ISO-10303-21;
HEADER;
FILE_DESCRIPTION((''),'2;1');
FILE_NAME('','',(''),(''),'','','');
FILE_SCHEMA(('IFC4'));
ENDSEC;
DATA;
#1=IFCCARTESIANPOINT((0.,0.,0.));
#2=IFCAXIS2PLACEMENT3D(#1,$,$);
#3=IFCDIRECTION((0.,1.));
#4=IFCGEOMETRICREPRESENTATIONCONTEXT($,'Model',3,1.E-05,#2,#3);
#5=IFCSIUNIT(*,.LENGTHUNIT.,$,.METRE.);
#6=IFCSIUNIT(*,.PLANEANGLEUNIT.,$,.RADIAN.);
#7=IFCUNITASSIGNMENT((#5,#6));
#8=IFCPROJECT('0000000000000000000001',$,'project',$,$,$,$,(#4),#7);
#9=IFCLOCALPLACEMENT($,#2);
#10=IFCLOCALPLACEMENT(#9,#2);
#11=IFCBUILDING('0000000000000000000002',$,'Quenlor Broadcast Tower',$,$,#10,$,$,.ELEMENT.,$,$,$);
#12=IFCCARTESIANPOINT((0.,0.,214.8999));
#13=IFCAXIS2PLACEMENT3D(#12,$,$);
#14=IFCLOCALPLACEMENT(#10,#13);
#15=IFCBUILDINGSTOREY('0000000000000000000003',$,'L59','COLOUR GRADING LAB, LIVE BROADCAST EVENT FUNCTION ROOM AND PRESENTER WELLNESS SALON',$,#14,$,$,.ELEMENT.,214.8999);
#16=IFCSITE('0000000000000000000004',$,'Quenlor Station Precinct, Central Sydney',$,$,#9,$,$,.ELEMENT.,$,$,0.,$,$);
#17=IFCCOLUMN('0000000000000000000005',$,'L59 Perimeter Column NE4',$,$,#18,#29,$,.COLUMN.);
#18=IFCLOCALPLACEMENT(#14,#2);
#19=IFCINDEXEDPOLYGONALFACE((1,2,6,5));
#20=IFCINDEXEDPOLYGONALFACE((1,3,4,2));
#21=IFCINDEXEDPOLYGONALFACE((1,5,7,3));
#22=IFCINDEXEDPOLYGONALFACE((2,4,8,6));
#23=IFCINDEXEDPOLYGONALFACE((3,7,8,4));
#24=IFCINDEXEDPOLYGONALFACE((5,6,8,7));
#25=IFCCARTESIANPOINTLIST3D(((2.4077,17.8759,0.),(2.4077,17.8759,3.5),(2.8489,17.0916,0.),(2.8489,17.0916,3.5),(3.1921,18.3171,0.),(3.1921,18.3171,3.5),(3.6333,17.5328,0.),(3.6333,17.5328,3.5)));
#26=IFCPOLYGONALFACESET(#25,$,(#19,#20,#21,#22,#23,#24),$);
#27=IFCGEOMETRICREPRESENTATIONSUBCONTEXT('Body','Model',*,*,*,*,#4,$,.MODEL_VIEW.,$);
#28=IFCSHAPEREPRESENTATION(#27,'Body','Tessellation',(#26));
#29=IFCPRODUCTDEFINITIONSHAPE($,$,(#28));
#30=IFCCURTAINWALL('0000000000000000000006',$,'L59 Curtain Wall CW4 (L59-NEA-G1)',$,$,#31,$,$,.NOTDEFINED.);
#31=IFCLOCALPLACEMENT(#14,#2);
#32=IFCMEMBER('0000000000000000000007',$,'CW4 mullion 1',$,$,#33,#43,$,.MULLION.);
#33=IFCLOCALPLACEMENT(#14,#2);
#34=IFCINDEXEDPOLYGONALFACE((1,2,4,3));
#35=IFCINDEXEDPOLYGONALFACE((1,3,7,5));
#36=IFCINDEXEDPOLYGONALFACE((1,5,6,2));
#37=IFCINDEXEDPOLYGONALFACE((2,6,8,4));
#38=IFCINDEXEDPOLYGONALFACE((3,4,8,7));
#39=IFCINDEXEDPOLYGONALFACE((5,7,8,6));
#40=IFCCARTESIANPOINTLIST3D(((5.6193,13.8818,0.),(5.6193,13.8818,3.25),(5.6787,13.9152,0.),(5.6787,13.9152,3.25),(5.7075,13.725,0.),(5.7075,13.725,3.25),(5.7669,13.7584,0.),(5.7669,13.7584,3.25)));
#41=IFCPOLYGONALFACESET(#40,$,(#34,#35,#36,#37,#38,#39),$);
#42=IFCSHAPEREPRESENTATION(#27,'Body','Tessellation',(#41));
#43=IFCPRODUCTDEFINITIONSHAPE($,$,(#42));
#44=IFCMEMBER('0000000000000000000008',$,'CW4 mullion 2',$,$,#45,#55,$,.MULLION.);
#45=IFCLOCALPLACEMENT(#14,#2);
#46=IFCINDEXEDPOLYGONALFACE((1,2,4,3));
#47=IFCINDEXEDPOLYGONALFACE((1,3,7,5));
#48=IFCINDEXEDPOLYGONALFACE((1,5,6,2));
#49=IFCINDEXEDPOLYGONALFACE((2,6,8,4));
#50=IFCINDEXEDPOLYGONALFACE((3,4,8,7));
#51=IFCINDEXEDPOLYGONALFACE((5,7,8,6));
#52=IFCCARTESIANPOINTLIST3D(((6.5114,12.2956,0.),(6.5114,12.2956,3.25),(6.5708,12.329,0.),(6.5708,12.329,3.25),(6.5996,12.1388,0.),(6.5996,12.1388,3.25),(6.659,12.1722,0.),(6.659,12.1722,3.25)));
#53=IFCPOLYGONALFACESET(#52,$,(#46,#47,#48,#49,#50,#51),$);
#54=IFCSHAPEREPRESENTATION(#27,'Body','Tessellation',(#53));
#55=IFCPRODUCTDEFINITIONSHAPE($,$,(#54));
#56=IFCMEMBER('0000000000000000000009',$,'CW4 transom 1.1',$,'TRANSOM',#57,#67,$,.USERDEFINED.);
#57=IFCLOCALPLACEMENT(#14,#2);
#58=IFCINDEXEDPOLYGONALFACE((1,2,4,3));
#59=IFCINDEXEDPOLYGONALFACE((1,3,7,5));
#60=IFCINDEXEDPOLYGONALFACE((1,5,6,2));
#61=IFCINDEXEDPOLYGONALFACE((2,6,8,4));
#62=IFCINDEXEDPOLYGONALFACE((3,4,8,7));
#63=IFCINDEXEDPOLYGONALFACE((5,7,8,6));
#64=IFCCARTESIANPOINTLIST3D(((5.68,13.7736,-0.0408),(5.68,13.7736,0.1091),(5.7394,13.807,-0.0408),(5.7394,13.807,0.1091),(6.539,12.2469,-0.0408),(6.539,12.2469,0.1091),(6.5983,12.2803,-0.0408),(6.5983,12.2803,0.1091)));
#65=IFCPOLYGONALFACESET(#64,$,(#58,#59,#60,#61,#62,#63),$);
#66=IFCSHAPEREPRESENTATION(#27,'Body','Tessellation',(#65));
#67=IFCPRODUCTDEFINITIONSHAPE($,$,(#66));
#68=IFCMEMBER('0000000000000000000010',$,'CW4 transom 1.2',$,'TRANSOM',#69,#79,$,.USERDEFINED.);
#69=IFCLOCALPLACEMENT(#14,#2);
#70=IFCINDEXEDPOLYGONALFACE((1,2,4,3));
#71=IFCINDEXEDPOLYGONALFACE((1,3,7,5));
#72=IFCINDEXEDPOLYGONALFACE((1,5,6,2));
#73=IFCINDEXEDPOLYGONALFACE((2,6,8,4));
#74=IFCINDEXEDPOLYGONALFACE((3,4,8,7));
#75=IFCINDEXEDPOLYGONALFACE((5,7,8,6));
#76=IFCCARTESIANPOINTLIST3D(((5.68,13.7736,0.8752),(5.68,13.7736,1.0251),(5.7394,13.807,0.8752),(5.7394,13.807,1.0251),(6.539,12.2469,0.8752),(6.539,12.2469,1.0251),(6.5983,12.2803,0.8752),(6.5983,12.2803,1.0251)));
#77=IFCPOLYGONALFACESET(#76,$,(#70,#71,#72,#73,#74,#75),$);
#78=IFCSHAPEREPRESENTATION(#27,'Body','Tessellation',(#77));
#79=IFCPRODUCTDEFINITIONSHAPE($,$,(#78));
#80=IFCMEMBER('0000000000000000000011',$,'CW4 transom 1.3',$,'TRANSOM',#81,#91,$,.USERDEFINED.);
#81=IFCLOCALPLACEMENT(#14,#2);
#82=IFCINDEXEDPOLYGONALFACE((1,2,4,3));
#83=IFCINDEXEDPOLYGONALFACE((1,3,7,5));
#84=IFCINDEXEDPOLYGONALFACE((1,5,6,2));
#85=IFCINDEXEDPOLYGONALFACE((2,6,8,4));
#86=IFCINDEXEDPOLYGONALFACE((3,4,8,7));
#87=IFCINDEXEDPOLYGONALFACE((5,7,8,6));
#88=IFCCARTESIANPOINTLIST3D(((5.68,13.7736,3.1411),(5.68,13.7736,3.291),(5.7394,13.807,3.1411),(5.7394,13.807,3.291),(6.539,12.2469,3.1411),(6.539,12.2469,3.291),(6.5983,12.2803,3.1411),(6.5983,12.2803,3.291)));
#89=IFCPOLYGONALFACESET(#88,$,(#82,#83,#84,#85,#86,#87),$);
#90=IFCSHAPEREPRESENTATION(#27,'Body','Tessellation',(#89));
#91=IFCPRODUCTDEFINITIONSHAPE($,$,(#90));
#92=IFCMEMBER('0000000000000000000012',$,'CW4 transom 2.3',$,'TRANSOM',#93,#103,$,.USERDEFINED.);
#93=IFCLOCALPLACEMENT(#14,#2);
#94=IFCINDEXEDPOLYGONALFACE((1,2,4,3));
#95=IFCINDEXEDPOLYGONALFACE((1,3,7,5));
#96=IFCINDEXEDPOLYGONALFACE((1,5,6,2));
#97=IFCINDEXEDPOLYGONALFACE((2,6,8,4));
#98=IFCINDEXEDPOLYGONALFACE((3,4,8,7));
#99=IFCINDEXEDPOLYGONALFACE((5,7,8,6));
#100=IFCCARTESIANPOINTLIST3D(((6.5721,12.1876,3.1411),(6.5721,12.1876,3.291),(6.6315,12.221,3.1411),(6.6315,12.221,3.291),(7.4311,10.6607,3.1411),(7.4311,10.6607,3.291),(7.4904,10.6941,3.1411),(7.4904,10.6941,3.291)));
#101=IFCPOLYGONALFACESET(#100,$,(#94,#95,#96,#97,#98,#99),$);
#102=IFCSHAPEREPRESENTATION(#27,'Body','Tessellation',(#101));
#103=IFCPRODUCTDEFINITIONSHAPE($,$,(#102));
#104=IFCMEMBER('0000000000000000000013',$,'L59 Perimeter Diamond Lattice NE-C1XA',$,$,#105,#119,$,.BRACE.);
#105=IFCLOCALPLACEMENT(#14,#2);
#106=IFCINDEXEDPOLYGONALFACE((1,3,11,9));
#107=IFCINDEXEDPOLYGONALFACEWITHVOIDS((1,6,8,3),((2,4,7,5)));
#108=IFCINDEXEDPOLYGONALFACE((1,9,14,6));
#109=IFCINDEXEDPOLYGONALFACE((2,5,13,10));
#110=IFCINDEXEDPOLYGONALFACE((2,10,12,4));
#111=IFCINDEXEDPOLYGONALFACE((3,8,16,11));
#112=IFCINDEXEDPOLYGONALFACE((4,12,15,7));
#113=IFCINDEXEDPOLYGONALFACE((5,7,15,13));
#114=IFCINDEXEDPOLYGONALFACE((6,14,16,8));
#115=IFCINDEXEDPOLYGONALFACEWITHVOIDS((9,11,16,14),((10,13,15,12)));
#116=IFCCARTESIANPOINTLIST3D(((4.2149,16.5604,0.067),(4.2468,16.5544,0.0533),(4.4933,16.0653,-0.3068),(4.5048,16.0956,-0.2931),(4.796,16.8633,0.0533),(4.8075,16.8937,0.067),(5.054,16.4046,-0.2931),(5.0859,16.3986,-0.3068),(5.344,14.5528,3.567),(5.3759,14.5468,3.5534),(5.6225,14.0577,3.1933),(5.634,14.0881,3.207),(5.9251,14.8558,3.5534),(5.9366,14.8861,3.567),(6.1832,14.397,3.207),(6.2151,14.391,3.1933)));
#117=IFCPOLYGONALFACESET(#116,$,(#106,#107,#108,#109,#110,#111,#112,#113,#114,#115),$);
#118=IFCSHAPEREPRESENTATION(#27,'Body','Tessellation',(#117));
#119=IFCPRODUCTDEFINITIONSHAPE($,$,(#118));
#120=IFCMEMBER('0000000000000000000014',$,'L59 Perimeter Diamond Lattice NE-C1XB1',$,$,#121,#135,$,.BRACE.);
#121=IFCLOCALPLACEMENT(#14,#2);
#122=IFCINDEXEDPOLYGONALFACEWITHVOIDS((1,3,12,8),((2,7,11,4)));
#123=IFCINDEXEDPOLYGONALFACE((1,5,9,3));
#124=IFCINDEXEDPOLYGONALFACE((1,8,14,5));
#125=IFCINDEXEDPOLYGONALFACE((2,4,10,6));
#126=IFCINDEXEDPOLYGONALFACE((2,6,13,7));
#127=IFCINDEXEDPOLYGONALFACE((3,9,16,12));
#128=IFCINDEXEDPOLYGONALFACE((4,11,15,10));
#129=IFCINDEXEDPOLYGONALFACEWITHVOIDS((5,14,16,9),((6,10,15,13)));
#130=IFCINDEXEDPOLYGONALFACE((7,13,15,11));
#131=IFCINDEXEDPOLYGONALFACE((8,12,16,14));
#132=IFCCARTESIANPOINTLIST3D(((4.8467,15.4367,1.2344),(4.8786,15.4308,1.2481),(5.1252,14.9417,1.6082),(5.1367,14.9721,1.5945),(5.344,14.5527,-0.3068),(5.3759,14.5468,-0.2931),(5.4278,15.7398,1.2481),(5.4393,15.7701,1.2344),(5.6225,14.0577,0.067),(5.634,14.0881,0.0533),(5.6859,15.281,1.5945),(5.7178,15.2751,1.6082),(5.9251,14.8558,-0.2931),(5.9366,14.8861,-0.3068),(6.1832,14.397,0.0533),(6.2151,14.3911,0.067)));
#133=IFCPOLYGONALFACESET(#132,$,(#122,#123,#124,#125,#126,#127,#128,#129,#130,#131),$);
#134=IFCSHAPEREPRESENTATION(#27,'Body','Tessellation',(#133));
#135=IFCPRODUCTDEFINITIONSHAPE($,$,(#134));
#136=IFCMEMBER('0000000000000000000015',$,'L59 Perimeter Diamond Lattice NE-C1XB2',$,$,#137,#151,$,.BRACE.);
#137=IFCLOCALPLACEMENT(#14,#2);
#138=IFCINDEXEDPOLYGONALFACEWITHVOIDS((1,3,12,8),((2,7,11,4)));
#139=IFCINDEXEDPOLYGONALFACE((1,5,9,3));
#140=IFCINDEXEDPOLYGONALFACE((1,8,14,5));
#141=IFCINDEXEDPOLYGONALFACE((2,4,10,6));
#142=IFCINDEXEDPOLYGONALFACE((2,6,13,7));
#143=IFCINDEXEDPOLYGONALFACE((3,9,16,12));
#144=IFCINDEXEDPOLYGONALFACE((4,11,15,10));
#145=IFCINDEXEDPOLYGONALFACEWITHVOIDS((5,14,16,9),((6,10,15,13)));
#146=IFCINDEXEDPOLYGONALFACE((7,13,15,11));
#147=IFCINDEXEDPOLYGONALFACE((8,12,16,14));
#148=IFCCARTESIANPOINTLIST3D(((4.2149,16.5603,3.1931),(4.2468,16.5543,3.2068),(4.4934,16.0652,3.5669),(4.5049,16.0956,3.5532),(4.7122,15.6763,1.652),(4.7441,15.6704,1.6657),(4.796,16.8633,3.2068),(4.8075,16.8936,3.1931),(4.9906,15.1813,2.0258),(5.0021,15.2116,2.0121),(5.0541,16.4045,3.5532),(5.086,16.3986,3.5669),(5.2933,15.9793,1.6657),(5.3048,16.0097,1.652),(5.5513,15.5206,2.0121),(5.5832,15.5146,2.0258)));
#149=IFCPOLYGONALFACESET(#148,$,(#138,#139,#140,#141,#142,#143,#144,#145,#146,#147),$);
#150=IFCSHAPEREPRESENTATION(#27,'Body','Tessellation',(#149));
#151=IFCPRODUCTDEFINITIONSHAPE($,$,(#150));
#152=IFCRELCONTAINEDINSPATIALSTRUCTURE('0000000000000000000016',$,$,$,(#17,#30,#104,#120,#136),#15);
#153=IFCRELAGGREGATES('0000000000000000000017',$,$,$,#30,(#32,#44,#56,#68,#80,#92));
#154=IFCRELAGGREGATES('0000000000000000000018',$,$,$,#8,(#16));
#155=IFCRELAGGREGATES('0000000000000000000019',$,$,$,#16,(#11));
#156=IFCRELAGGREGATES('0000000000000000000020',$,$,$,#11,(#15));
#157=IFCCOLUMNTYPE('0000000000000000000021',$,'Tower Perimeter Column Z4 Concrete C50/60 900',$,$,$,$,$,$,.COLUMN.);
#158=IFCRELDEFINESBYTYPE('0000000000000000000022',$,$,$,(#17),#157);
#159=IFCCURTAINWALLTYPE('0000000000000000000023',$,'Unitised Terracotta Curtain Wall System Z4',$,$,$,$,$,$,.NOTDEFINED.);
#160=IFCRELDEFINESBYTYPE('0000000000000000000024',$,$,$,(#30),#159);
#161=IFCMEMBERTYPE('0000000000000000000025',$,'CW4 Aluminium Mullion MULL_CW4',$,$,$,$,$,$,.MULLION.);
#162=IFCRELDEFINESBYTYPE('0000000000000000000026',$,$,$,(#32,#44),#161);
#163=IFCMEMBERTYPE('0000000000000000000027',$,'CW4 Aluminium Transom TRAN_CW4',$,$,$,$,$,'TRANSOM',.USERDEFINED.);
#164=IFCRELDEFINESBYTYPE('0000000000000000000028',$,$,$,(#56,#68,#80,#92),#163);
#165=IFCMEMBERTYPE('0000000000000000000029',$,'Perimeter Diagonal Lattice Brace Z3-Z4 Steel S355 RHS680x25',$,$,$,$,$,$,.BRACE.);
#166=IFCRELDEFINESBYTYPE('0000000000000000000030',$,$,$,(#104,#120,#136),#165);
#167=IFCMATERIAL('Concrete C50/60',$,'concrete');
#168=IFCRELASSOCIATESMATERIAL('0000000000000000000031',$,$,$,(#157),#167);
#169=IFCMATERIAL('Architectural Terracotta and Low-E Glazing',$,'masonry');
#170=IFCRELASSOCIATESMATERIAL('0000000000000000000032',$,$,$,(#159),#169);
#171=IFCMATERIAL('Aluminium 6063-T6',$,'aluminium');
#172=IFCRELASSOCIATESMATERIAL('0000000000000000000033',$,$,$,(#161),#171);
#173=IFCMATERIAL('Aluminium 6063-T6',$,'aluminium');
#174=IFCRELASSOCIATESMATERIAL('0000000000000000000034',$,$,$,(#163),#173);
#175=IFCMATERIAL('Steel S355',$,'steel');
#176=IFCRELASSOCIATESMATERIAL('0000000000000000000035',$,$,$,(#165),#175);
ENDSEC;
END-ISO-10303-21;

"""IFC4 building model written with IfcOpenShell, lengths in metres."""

from ifc_helpers import new_model, si_unit, direction, frame, origin, origin_2d, place, context, subcontext, project, spatial, rectangle, hollow_rectangle, extrude, material, material_profile, profile_set, type_object, element, aggregate, save


model = new_model("IFC4")

# Units and contexts
model_context = context("Model", 3, precision=1e-05, world=origin(), true_north=direction((0.0, 1.0)))
body_context = subcontext(model_context, "Body", "Model", "MODEL_VIEW")
ifc_project = project(units=[si_unit("LENGTHUNIT", "METRE"), si_unit("PLANEANGLEUNIT", "RADIAN")], contexts=[model_context])

# Site, building, storey
site_placement = place(None, origin())
site = spatial("IfcSite", under=ifc_project, at=site_placement, Name="Quenlor Station Precinct, Central Sydney", CompositionType="ELEMENT", RefElevation=0.0)
building_placement = place(site_placement, origin())
building = spatial("IfcBuilding", under=site, at=building_placement, Name="Quenlor Broadcast Tower", CompositionType="ELEMENT")
storey_placement = place(building_placement, frame((0.0, 0.0, 214.8999)))
storey = spatial("IfcBuildingStorey", under=building, at=storey_placement, Name="L59", Description="COLOUR GRADING LAB, LIVE BROADCAST EVENT FUNCTION ROOM AND PRESENTER WELLNESS SALON", CompositionType="ELEMENT", Elevation=214.8999)

# Column
ifc_material_1 = material(Name="Concrete C50/60", Category="concrete")
ifc_material_profile_1 = material_profile(ifc_material_1, rectangle(XDim=0.8999, YDim=0.8999, at=origin_2d()))
ifc_profile_set_1 = profile_set([ifc_material_profile_1], Name="Concrete C50/60 RC900x900")
column_type = type_object("IfcColumnType", Name="Tower Perimeter Column Z4 Concrete C50/60 900", PredefinedType="COLUMN", material=ifc_profile_set_1)
column_placement = place(storey_placement, frame((3.0205, 17.7043, 0.0), z_axis=(0.0, 0.0, 1.0), x_axis=(0.871575, 0.490262, 0.0)))
element("IfcColumn", 1, at=column_placement, inside=storey, type_object=column_type, Name="L59 Perimeter Column NE4", PredefinedType="COLUMN", context=body_context, shape_type="SweptSolid", body=[
    extrude(rectangle(XDim=0.8999, YDim=0.8999, at=origin_2d()), origin(), (0.0, 0.0, 1.0), 3.5),
])

# Curtain wall, members
ifc_material_2 = material(Name="Architectural Terracotta and Low-E Glazing", Category="masonry")
curtain_wall_type = type_object("IfcCurtainWallType", Name="Unitised Terracotta Curtain Wall System Z4", PredefinedType="NOTDEFINED", material=ifc_material_2)
curtain_wall_placement = place(storey_placement, origin())
curtain_wall = element("IfcCurtainWall", 2, at=curtain_wall_placement, inside=storey, type_object=curtain_wall_type, Name="L59 Curtain Wall CW4 (L59-NEA-G1)", PredefinedType="NOTDEFINED")
ifc_material_3 = material(Name="Aluminium 6063-T6", Category="aluminium")
ifc_material_profile_2 = material_profile(ifc_material_3, rectangle(XDim=0.0681, YDim=0.1799, at=origin_2d()))
ifc_profile_set_2 = profile_set([ifc_material_profile_2], Name="Aluminium 6063-T6 MULL68x180")
member_type_1 = type_object("IfcMemberType", Name="CW4 Aluminium Mullion MULL_CW4", PredefinedType="MULLION", material=ifc_profile_set_2)
member_1_placement = place(storey_placement, frame((5.6931, 13.8201, 0.0), z_axis=(0.0, 0.0, 1.0), x_axis=(0.871576, 0.49026, 0.0)))
member_1 = element("IfcMember", 3, at=member_1_placement, type_object=member_type_1, Name="CW4 mullion 1", PredefinedType="MULLION", context=body_context, shape_type="SweptSolid", body=[
    extrude(rectangle(XDim=0.0681, YDim=0.1799, at=origin_2d()), origin(), (0.0, 0.0, 1.0), 3.25),
])
member_2_placement = place(storey_placement, frame((6.5852, 12.2339, 0.0), z_axis=(0.0, 0.0, 1.0), x_axis=(0.871576, 0.49026, 0.0)))
member_2 = element("IfcMember", 4, at=member_2_placement, type_object=member_type_1, Name="CW4 mullion 2", PredefinedType="MULLION", context=body_context, shape_type="SweptSolid", body=[
    extrude(rectangle(XDim=0.0681, YDim=0.1799, at=origin_2d()), origin(), (0.0, 0.0, 1.0), 3.25),
])
ifc_material_4 = material(Name="Aluminium 6063-T6", Category="aluminium")
ifc_material_profile_3 = material_profile(ifc_material_4, rectangle(XDim=0.0681, YDim=0.1499, at=origin_2d()))
ifc_profile_set_3 = profile_set([ifc_material_profile_3], Name="Aluminium 6063-T6 TRAN68x150")
member_type_2 = type_object("IfcMemberType", Name="CW4 Aluminium Transom TRAN_CW4", ElementType="TRANSOM", PredefinedType="USERDEFINED", material=ifc_profile_set_3)
member_3_placement = place(storey_placement, frame((5.7097, 13.7903, 0.0342), z_axis=(0.490334, -0.871535, 0.0), x_axis=(0.871535, 0.490334, 0.0)))
member_3 = element("IfcMember", 5, at=member_3_placement, type_object=member_type_2, Name="CW4 transom 1.1", ObjectType="TRANSOM", PredefinedType="USERDEFINED", context=body_context, shape_type="SweptSolid", body=[
    extrude(rectangle(XDim=0.0681, YDim=0.1499, at=origin_2d()), origin(), (0.0, 0.0, 1.0), 1.7517),
])
member_4_placement = place(storey_placement, frame((5.7097, 13.7903, 0.9502), z_axis=(0.490334, -0.871535, 0.0), x_axis=(0.871535, 0.490334, 0.0)))
member_4 = element("IfcMember", 6, at=member_4_placement, type_object=member_type_2, Name="CW4 transom 1.2", ObjectType="TRANSOM", PredefinedType="USERDEFINED", context=body_context, shape_type="SweptSolid", body=[
    extrude(rectangle(XDim=0.0681, YDim=0.1499, at=origin_2d()), origin(), (0.0, 0.0, 1.0), 1.7517),
])
member_5_placement = place(storey_placement, frame((5.7097, 13.7903, 3.2161), z_axis=(0.490334, -0.871535, 0.0), x_axis=(0.871535, 0.490334, 0.0)))
member_5 = element("IfcMember", 7, at=member_5_placement, type_object=member_type_2, Name="CW4 transom 1.3", ObjectType="TRANSOM", PredefinedType="USERDEFINED", context=body_context, shape_type="SweptSolid", body=[
    extrude(rectangle(XDim=0.0681, YDim=0.1499, at=origin_2d()), origin(), (0.0, 0.0, 1.0), 1.7517),
])
member_6_placement = place(storey_placement, frame((6.6018, 12.2043, 3.2161), z_axis=(0.490274, -0.871568, 0.0), x_axis=(0.871568, 0.490274, 0.0)))
member_6 = element("IfcMember", 8, at=member_6_placement, type_object=member_type_2, Name="CW4 transom 2.3", ObjectType="TRANSOM", PredefinedType="USERDEFINED", context=body_context, shape_type="SweptSolid", body=[
    extrude(rectangle(XDim=0.0681, YDim=0.1499, at=origin_2d()), origin(), (0.0, 0.0, 1.0), 1.752),
])

# Members
ifc_material_5 = material(Name="Steel S355", Category="steel")
ifc_material_profile_4 = material_profile(ifc_material_5, hollow_rectangle(XDim=0.6799, YDim=0.6799, WallThickness=0.0249, at=origin_2d()))
ifc_profile_set_4 = profile_set([ifc_material_profile_4], Name="Steel S355 RHS680x680x25")
member_type_3 = type_object("IfcMemberType", Name="Perimeter Diagonal Lattice Brace Z3-Z4 Steel S355 RHS680x25", PredefinedType="BRACE", material=ifc_profile_set_4)
member_7_placement = place(storey_placement, frame((4.6504, 16.4795, -0.1199), z_axis=(0.269493, -0.479144, 0.835341), x_axis=(0.871595, 0.490226, 0.0)))
element("IfcMember", 9, at=member_7_placement, inside=storey, type_object=member_type_3, Name="L59 Perimeter Diamond Lattice NE-C1XA", PredefinedType="BRACE", context=body_context, shape_type="SweptSolid", body=[
    extrude(hollow_rectangle(XDim=0.6799, YDim=0.6799, WallThickness=0.0249, at=origin_2d()), origin(), (0.0, 0.0, 1.0), 4.1899),
])
for number, where, z_axis, x_axis, name in (
    (10, (5.7795, 14.4719, -0.1199), (-0.269536, 0.47913, 0.835335), (-0.871556, -0.490296, 0.0), "L59 Perimeter Diamond Lattice NE-C1XB1"),
    (11, (5.1477, 15.5955, 1.8389), (-0.269536, 0.47913, 0.835335), (-0.871556, -0.490296, 0.0), "L59 Perimeter Diamond Lattice NE-C1XB2"),
):
    element("IfcMember", number, at=place(storey_placement, frame(where, z_axis=z_axis, x_axis=x_axis)), inside=storey, type_object=member_type_3, Name=name, PredefinedType="BRACE", context=body_context, shape_type="SweptSolid", body=[
        extrude(hollow_rectangle(XDim=0.6799, YDim=0.6799, WallThickness=0.0249, at=origin_2d()), origin(), (0.0, 0.0, 1.0), 1.845),
    ])

aggregate(curtain_wall, [member_1, member_2, member_3, member_4, member_5, member_6])

save(model, "model.ifc")
